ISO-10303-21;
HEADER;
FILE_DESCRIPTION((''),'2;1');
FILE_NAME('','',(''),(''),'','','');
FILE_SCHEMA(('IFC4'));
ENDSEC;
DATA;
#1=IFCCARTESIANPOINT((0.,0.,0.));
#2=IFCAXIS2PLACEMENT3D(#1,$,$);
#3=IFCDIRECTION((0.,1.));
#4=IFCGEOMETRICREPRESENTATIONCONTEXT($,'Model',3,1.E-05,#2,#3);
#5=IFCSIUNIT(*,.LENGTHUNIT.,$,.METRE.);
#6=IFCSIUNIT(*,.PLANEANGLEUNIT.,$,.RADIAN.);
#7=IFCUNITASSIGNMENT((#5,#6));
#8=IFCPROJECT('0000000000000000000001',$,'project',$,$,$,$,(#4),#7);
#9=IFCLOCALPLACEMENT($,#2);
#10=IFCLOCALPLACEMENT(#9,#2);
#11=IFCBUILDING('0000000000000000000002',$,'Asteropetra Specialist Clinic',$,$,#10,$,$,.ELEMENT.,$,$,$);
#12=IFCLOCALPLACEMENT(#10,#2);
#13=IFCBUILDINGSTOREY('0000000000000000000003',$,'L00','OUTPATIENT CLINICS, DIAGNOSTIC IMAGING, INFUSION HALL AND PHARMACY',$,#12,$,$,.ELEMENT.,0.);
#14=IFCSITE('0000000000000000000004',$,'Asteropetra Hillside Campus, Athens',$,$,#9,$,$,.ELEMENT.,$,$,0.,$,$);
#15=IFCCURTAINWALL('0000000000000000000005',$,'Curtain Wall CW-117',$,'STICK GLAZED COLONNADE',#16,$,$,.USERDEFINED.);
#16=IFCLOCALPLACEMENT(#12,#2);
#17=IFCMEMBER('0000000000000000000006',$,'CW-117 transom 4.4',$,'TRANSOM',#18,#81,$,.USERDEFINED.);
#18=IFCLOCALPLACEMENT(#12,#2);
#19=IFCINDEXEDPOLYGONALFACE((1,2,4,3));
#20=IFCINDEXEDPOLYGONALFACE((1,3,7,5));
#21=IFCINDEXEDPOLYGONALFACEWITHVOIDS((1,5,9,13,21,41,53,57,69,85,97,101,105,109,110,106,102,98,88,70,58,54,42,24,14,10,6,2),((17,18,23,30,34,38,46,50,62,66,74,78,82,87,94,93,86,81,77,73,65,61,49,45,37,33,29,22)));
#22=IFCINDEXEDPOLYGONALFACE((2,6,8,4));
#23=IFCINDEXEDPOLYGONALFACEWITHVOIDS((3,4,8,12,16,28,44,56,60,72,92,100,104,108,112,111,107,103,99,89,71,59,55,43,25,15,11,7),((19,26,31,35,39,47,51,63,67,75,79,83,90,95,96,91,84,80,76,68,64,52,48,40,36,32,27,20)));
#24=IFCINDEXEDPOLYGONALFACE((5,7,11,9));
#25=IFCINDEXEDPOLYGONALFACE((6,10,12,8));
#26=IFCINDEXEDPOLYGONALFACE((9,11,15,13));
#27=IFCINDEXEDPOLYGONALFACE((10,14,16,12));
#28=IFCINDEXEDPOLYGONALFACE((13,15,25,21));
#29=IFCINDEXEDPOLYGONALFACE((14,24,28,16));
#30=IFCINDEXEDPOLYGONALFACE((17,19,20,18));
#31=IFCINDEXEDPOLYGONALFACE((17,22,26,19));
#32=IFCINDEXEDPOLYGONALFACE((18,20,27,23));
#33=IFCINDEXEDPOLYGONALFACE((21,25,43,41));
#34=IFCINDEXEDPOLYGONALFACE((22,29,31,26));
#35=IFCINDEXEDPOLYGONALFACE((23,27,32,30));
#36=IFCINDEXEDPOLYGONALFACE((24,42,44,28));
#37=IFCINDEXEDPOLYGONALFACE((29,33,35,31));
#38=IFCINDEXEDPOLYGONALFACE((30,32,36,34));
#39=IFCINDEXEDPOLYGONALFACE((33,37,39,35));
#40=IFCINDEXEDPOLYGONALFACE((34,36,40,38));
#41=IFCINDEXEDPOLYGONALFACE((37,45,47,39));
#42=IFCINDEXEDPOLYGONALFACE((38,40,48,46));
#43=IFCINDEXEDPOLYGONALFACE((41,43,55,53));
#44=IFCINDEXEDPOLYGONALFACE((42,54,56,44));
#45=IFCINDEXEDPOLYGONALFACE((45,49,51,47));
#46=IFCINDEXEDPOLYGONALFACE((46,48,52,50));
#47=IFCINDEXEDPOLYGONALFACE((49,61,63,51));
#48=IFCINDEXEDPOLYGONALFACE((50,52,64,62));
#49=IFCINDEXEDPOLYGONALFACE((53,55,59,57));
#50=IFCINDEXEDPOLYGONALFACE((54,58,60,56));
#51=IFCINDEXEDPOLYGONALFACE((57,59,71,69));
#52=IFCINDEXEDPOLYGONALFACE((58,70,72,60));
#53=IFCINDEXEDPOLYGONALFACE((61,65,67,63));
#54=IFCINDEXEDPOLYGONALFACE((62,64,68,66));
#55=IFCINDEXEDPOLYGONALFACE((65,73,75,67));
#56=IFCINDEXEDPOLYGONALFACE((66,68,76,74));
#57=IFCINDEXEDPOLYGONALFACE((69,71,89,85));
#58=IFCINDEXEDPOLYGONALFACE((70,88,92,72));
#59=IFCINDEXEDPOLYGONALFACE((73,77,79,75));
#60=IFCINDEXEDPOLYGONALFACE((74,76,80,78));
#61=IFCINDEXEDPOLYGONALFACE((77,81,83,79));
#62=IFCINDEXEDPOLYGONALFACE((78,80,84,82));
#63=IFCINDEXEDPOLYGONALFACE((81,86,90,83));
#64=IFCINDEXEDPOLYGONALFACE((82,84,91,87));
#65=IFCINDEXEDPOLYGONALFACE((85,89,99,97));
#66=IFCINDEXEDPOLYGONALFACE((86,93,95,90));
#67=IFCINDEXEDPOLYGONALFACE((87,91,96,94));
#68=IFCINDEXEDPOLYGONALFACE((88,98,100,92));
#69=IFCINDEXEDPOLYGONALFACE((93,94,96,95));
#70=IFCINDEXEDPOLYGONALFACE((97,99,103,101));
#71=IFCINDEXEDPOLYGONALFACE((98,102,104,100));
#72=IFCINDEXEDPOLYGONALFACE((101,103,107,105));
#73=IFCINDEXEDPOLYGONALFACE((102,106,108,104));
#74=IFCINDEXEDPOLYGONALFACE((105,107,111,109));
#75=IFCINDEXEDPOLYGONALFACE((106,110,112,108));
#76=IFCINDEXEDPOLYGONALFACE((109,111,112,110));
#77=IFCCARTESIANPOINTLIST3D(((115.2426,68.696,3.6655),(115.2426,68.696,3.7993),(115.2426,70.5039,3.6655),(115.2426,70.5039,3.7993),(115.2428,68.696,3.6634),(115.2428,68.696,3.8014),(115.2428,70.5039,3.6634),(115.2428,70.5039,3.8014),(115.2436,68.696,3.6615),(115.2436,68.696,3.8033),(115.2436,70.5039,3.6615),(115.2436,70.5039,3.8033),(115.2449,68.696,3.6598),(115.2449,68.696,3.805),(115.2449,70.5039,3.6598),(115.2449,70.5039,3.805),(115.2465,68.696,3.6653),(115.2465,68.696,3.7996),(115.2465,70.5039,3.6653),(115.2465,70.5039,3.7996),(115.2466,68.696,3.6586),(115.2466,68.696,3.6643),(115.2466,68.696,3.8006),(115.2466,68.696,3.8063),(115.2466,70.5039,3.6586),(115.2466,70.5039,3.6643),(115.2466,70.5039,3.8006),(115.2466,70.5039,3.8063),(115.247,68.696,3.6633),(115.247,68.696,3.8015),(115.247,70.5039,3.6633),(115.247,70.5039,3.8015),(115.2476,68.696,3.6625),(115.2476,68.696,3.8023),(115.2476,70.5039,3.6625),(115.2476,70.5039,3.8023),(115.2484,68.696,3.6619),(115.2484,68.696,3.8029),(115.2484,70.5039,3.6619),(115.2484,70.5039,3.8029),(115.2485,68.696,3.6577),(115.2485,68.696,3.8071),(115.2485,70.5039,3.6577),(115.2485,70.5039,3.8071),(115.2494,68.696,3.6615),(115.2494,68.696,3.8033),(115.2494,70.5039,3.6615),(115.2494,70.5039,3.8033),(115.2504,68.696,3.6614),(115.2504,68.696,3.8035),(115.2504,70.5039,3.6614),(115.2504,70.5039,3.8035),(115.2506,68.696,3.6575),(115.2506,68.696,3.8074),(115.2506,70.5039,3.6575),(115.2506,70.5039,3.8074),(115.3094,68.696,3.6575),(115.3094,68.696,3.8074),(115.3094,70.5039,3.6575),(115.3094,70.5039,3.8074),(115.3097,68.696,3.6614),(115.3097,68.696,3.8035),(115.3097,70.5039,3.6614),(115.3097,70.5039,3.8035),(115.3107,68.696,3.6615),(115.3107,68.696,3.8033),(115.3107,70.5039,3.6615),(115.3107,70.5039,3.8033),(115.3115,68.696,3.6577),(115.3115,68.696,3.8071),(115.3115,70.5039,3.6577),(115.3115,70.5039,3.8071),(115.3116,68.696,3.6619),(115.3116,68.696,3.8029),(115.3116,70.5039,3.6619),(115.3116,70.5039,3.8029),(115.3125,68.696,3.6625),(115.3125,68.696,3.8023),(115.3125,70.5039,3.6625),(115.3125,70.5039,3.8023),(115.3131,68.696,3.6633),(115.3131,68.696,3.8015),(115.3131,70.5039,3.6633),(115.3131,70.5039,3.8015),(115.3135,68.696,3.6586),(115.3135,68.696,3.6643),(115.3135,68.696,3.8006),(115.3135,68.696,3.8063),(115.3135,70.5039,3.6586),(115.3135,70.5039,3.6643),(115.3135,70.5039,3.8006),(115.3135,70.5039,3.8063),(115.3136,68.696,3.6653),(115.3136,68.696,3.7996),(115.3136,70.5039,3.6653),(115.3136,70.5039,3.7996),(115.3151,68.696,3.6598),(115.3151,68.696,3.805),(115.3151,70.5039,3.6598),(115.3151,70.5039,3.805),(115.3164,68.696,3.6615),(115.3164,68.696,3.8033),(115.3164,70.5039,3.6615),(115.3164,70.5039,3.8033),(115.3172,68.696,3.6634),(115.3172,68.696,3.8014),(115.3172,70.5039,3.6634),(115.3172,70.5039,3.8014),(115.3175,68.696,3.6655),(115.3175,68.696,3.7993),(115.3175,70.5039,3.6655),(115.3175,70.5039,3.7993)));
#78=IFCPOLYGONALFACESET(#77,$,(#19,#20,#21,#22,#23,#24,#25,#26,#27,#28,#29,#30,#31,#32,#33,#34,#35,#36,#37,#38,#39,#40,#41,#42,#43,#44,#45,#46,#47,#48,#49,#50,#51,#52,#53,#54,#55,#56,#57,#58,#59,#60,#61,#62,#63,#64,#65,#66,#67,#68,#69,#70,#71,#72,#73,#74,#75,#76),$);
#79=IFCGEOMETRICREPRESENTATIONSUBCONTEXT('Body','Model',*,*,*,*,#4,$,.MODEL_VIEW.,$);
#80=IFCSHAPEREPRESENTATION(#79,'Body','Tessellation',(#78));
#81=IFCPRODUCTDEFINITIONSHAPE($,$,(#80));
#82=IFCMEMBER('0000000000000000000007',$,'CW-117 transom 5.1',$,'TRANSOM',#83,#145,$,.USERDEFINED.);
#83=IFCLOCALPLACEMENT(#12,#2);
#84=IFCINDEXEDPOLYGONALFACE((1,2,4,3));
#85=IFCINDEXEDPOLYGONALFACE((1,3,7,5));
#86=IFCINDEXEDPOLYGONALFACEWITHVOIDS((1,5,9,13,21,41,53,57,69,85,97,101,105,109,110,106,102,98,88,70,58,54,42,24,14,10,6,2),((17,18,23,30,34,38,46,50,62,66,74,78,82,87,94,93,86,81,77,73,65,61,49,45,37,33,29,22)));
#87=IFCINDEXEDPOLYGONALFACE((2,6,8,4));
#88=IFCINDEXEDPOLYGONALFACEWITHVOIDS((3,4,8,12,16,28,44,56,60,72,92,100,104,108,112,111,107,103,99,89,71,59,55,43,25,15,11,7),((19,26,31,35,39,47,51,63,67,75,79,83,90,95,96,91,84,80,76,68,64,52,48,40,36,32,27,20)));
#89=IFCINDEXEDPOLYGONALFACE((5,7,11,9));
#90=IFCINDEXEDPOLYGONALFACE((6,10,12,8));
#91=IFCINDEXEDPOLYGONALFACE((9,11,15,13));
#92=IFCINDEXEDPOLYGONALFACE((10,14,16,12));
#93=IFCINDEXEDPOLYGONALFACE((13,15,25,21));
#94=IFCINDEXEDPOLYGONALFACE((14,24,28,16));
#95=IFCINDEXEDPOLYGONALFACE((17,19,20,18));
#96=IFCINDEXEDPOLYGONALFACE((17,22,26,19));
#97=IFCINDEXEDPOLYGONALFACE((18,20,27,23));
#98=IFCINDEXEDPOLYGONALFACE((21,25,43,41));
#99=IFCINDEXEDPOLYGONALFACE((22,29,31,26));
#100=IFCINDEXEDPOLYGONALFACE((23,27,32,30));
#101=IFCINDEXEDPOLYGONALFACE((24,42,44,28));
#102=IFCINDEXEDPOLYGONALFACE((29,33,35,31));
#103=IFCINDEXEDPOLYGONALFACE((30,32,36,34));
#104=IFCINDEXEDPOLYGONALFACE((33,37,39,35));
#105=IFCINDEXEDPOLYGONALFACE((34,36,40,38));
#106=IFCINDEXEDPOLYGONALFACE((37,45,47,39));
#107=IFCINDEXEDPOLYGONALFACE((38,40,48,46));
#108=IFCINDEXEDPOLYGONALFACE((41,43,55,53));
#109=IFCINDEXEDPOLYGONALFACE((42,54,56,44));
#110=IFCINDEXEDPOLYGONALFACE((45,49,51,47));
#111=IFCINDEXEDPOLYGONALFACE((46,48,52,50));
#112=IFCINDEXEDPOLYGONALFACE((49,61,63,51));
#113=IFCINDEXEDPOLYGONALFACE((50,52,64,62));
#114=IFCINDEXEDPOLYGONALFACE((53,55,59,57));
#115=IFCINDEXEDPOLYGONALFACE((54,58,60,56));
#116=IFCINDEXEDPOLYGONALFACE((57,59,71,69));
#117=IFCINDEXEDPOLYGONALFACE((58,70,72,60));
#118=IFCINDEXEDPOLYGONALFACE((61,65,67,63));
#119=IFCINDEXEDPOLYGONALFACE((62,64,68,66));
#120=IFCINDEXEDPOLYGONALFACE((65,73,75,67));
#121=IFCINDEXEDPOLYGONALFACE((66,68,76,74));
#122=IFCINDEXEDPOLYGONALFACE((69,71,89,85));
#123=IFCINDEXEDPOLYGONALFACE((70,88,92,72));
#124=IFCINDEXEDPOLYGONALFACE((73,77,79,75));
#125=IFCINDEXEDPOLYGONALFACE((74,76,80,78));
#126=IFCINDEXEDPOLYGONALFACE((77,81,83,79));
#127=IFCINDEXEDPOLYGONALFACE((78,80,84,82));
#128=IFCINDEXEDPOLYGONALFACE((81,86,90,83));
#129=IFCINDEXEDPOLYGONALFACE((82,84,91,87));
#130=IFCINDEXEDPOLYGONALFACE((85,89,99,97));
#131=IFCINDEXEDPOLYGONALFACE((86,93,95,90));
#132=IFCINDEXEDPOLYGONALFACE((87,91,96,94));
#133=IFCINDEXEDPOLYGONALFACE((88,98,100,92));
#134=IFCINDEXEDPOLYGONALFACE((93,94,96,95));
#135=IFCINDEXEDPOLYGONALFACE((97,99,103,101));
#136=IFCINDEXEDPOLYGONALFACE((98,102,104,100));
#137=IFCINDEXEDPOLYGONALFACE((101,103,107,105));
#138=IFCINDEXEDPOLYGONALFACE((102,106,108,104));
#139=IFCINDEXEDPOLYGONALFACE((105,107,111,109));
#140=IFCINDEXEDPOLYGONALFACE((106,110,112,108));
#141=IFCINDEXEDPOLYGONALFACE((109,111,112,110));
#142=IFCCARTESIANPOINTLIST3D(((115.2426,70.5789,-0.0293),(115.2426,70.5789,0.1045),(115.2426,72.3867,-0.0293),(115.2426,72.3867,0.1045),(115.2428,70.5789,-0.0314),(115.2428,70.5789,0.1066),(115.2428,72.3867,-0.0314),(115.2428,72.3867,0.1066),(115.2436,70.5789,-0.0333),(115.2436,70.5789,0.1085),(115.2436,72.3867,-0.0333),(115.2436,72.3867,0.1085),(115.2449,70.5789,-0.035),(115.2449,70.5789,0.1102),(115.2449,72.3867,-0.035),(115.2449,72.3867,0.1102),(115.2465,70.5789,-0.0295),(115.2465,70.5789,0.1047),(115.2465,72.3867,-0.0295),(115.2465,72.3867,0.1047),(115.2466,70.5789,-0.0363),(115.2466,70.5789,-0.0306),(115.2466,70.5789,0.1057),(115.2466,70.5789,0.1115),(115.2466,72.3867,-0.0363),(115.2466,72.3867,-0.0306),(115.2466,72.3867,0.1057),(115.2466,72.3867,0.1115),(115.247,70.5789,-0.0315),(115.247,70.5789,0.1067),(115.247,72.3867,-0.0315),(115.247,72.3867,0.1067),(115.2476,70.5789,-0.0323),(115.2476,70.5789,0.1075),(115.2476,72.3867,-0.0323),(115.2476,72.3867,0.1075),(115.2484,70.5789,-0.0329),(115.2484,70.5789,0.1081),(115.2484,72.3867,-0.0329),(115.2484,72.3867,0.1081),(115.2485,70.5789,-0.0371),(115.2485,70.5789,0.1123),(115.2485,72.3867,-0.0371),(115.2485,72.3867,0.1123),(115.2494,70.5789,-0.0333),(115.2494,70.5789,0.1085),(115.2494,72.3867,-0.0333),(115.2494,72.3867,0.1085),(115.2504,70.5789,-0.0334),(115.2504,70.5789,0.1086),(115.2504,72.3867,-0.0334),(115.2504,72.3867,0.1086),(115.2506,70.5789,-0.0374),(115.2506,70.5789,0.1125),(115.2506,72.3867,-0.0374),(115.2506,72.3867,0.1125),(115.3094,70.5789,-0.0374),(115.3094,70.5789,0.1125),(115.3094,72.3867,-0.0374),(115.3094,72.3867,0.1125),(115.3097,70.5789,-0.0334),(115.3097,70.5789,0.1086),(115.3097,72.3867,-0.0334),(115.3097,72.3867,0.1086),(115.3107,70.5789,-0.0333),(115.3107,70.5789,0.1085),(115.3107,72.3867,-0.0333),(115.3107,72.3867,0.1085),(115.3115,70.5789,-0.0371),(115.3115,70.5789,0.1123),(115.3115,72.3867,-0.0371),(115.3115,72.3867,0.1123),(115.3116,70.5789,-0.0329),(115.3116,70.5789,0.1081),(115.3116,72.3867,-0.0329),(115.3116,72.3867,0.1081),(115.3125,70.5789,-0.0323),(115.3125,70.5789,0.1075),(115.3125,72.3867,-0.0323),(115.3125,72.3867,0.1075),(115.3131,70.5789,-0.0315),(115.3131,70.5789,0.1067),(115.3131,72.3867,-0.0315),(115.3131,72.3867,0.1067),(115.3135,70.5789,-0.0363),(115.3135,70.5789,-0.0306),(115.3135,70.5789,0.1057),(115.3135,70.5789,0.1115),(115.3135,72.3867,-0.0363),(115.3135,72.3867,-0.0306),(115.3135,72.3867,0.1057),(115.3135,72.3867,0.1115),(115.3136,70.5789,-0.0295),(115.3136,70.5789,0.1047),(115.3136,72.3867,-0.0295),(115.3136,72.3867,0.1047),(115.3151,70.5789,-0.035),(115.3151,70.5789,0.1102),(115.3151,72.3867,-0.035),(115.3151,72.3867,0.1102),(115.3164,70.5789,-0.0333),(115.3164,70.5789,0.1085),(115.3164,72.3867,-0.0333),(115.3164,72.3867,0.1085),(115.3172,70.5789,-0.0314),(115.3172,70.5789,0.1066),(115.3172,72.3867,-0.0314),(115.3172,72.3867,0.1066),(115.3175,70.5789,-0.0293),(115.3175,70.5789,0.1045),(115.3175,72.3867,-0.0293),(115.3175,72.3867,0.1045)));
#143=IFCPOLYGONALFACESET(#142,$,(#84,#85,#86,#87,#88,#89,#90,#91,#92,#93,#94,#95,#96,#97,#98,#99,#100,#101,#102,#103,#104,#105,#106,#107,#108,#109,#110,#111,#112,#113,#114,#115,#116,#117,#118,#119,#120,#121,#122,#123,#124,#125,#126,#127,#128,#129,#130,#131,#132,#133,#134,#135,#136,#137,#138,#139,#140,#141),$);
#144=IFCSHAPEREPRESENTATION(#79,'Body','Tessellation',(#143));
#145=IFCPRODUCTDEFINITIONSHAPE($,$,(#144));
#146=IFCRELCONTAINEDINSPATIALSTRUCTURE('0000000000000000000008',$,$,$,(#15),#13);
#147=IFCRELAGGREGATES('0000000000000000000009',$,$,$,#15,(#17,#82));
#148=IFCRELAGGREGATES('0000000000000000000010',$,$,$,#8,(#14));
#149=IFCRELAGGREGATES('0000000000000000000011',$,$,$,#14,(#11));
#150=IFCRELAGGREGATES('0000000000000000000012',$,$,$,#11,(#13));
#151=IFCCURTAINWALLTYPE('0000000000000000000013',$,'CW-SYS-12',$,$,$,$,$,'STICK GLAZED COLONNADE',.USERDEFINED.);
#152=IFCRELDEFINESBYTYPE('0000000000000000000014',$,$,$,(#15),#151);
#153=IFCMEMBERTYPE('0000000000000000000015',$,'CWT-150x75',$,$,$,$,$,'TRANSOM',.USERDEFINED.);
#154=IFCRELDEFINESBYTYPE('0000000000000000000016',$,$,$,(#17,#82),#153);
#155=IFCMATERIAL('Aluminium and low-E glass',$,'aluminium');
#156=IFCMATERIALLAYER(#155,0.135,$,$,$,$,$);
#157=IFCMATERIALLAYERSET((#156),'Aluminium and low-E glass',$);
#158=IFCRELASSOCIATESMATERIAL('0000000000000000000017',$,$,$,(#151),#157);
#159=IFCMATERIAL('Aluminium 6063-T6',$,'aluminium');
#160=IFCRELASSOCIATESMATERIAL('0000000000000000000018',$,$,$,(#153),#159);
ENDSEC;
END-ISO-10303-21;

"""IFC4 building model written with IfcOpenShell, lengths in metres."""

from ifc_helpers import new_model, si_unit, direction, frame, origin, origin_2d, place, context, subcontext, project, spatial, hollow_rectangle, extrude, material, layer, layer_set, material_profile, profile_set, type_object, element, aggregate, save


model = new_model("IFC4")

# Units and contexts
model_context = context("Model", 3, precision=1e-05, world=origin(), true_north=direction((0.0, 1.0)))
body_context = subcontext(model_context, "Body", "Model", "MODEL_VIEW")
ifc_project = project(units=[si_unit("LENGTHUNIT", "METRE"), si_unit("PLANEANGLEUNIT", "RADIAN")], contexts=[model_context])

# Site, building, storey
site_placement = place(None, origin())
site = spatial("IfcSite", under=ifc_project, at=site_placement, Name="Asteropetra Hillside Campus, Athens", CompositionType="ELEMENT", RefElevation=0.0)
building_placement = place(site_placement, origin())
building = spatial("IfcBuilding", under=site, at=building_placement, Name="Asteropetra Specialist Clinic", CompositionType="ELEMENT")
storey_placement = place(building_placement, origin())
storey = spatial("IfcBuildingStorey", under=building, at=storey_placement, Name="L00", Description="OUTPATIENT CLINICS, DIAGNOSTIC IMAGING, INFUSION HALL AND PHARMACY", CompositionType="ELEMENT", Elevation=0.0)

# Curtain wall, members
ifc_material_1 = material(Name="Aluminium and low-E glass", Category="aluminium")
ifc_layer_1 = layer(ifc_material_1, 0.135)
ifc_layer_set_1 = layer_set([ifc_layer_1], Name="Aluminium and low-E glass")
curtain_wall_type = type_object("IfcCurtainWallType", Name="CW-SYS-12", ElementType="STICK GLAZED COLONNADE", PredefinedType="USERDEFINED", material=ifc_layer_set_1)
curtain_wall_placement = place(storey_placement, origin())
curtain_wall = element("IfcCurtainWall", 1, at=curtain_wall_placement, inside=storey, type_object=curtain_wall_type, Name="Curtain Wall CW-117", ObjectType="STICK GLAZED COLONNADE", PredefinedType="USERDEFINED")
ifc_material_2 = material(Name="Aluminium 6063-T6", Category="aluminium")
ifc_material_profile_1 = material_profile(ifc_material_2, hollow_rectangle(XDim=0.075, YDim=0.1499, WallThickness=0.0039, InnerFilletRadius=0.0039, OuterFilletRadius=0.0081, at=origin_2d()), Name="TRN 150x75x4.0")
ifc_profile_set_1 = profile_set([ifc_material_profile_1], Name="Aluminium 6063-T6")
member_type_1 = type_object("IfcMemberType", Name="CWT-150x75", ElementType="TRANSOM", PredefinedType="USERDEFINED", material=ifc_profile_set_1)
member_1_placement = place(storey_placement, frame((115.28, 68.696, 3.7324), z_axis=(0.0, 1.0, 0.0), x_axis=(-1.0, 0.0, 0.0)))
member_1 = element("IfcMember", 2, at=member_1_placement, type_object=member_type_1, Name="CW-117 transom 4.4", ObjectType="TRANSOM", PredefinedType="USERDEFINED", context=body_context, shape_type="SweptSolid", body=[
    extrude(hollow_rectangle(XDim=0.075, YDim=0.1499, WallThickness=0.0039, InnerFilletRadius=0.0039, OuterFilletRadius=0.0081, at=origin_2d()), origin(), (0.0, 0.0, 1.0), 1.8079),
])
member_2_placement = place(storey_placement, frame((115.28, 70.5789, 0.0376), z_axis=(0.0, 1.0, 0.0), x_axis=(-1.0, 0.0, 0.0)))
member_2 = element("IfcMember", 3, at=member_2_placement, type_object=member_type_1, Name="CW-117 transom 5.1", ObjectType="TRANSOM", PredefinedType="USERDEFINED", context=body_context, shape_type="SweptSolid", body=[
    extrude(hollow_rectangle(XDim=0.075, YDim=0.1499, WallThickness=0.0039, InnerFilletRadius=0.0039, OuterFilletRadius=0.0081, at=origin_2d()), origin(), (0.0, 0.0, 1.0), 1.8079),
])
aggregate(curtain_wall, [member_1, member_2])

save(model, "model.ifc")
